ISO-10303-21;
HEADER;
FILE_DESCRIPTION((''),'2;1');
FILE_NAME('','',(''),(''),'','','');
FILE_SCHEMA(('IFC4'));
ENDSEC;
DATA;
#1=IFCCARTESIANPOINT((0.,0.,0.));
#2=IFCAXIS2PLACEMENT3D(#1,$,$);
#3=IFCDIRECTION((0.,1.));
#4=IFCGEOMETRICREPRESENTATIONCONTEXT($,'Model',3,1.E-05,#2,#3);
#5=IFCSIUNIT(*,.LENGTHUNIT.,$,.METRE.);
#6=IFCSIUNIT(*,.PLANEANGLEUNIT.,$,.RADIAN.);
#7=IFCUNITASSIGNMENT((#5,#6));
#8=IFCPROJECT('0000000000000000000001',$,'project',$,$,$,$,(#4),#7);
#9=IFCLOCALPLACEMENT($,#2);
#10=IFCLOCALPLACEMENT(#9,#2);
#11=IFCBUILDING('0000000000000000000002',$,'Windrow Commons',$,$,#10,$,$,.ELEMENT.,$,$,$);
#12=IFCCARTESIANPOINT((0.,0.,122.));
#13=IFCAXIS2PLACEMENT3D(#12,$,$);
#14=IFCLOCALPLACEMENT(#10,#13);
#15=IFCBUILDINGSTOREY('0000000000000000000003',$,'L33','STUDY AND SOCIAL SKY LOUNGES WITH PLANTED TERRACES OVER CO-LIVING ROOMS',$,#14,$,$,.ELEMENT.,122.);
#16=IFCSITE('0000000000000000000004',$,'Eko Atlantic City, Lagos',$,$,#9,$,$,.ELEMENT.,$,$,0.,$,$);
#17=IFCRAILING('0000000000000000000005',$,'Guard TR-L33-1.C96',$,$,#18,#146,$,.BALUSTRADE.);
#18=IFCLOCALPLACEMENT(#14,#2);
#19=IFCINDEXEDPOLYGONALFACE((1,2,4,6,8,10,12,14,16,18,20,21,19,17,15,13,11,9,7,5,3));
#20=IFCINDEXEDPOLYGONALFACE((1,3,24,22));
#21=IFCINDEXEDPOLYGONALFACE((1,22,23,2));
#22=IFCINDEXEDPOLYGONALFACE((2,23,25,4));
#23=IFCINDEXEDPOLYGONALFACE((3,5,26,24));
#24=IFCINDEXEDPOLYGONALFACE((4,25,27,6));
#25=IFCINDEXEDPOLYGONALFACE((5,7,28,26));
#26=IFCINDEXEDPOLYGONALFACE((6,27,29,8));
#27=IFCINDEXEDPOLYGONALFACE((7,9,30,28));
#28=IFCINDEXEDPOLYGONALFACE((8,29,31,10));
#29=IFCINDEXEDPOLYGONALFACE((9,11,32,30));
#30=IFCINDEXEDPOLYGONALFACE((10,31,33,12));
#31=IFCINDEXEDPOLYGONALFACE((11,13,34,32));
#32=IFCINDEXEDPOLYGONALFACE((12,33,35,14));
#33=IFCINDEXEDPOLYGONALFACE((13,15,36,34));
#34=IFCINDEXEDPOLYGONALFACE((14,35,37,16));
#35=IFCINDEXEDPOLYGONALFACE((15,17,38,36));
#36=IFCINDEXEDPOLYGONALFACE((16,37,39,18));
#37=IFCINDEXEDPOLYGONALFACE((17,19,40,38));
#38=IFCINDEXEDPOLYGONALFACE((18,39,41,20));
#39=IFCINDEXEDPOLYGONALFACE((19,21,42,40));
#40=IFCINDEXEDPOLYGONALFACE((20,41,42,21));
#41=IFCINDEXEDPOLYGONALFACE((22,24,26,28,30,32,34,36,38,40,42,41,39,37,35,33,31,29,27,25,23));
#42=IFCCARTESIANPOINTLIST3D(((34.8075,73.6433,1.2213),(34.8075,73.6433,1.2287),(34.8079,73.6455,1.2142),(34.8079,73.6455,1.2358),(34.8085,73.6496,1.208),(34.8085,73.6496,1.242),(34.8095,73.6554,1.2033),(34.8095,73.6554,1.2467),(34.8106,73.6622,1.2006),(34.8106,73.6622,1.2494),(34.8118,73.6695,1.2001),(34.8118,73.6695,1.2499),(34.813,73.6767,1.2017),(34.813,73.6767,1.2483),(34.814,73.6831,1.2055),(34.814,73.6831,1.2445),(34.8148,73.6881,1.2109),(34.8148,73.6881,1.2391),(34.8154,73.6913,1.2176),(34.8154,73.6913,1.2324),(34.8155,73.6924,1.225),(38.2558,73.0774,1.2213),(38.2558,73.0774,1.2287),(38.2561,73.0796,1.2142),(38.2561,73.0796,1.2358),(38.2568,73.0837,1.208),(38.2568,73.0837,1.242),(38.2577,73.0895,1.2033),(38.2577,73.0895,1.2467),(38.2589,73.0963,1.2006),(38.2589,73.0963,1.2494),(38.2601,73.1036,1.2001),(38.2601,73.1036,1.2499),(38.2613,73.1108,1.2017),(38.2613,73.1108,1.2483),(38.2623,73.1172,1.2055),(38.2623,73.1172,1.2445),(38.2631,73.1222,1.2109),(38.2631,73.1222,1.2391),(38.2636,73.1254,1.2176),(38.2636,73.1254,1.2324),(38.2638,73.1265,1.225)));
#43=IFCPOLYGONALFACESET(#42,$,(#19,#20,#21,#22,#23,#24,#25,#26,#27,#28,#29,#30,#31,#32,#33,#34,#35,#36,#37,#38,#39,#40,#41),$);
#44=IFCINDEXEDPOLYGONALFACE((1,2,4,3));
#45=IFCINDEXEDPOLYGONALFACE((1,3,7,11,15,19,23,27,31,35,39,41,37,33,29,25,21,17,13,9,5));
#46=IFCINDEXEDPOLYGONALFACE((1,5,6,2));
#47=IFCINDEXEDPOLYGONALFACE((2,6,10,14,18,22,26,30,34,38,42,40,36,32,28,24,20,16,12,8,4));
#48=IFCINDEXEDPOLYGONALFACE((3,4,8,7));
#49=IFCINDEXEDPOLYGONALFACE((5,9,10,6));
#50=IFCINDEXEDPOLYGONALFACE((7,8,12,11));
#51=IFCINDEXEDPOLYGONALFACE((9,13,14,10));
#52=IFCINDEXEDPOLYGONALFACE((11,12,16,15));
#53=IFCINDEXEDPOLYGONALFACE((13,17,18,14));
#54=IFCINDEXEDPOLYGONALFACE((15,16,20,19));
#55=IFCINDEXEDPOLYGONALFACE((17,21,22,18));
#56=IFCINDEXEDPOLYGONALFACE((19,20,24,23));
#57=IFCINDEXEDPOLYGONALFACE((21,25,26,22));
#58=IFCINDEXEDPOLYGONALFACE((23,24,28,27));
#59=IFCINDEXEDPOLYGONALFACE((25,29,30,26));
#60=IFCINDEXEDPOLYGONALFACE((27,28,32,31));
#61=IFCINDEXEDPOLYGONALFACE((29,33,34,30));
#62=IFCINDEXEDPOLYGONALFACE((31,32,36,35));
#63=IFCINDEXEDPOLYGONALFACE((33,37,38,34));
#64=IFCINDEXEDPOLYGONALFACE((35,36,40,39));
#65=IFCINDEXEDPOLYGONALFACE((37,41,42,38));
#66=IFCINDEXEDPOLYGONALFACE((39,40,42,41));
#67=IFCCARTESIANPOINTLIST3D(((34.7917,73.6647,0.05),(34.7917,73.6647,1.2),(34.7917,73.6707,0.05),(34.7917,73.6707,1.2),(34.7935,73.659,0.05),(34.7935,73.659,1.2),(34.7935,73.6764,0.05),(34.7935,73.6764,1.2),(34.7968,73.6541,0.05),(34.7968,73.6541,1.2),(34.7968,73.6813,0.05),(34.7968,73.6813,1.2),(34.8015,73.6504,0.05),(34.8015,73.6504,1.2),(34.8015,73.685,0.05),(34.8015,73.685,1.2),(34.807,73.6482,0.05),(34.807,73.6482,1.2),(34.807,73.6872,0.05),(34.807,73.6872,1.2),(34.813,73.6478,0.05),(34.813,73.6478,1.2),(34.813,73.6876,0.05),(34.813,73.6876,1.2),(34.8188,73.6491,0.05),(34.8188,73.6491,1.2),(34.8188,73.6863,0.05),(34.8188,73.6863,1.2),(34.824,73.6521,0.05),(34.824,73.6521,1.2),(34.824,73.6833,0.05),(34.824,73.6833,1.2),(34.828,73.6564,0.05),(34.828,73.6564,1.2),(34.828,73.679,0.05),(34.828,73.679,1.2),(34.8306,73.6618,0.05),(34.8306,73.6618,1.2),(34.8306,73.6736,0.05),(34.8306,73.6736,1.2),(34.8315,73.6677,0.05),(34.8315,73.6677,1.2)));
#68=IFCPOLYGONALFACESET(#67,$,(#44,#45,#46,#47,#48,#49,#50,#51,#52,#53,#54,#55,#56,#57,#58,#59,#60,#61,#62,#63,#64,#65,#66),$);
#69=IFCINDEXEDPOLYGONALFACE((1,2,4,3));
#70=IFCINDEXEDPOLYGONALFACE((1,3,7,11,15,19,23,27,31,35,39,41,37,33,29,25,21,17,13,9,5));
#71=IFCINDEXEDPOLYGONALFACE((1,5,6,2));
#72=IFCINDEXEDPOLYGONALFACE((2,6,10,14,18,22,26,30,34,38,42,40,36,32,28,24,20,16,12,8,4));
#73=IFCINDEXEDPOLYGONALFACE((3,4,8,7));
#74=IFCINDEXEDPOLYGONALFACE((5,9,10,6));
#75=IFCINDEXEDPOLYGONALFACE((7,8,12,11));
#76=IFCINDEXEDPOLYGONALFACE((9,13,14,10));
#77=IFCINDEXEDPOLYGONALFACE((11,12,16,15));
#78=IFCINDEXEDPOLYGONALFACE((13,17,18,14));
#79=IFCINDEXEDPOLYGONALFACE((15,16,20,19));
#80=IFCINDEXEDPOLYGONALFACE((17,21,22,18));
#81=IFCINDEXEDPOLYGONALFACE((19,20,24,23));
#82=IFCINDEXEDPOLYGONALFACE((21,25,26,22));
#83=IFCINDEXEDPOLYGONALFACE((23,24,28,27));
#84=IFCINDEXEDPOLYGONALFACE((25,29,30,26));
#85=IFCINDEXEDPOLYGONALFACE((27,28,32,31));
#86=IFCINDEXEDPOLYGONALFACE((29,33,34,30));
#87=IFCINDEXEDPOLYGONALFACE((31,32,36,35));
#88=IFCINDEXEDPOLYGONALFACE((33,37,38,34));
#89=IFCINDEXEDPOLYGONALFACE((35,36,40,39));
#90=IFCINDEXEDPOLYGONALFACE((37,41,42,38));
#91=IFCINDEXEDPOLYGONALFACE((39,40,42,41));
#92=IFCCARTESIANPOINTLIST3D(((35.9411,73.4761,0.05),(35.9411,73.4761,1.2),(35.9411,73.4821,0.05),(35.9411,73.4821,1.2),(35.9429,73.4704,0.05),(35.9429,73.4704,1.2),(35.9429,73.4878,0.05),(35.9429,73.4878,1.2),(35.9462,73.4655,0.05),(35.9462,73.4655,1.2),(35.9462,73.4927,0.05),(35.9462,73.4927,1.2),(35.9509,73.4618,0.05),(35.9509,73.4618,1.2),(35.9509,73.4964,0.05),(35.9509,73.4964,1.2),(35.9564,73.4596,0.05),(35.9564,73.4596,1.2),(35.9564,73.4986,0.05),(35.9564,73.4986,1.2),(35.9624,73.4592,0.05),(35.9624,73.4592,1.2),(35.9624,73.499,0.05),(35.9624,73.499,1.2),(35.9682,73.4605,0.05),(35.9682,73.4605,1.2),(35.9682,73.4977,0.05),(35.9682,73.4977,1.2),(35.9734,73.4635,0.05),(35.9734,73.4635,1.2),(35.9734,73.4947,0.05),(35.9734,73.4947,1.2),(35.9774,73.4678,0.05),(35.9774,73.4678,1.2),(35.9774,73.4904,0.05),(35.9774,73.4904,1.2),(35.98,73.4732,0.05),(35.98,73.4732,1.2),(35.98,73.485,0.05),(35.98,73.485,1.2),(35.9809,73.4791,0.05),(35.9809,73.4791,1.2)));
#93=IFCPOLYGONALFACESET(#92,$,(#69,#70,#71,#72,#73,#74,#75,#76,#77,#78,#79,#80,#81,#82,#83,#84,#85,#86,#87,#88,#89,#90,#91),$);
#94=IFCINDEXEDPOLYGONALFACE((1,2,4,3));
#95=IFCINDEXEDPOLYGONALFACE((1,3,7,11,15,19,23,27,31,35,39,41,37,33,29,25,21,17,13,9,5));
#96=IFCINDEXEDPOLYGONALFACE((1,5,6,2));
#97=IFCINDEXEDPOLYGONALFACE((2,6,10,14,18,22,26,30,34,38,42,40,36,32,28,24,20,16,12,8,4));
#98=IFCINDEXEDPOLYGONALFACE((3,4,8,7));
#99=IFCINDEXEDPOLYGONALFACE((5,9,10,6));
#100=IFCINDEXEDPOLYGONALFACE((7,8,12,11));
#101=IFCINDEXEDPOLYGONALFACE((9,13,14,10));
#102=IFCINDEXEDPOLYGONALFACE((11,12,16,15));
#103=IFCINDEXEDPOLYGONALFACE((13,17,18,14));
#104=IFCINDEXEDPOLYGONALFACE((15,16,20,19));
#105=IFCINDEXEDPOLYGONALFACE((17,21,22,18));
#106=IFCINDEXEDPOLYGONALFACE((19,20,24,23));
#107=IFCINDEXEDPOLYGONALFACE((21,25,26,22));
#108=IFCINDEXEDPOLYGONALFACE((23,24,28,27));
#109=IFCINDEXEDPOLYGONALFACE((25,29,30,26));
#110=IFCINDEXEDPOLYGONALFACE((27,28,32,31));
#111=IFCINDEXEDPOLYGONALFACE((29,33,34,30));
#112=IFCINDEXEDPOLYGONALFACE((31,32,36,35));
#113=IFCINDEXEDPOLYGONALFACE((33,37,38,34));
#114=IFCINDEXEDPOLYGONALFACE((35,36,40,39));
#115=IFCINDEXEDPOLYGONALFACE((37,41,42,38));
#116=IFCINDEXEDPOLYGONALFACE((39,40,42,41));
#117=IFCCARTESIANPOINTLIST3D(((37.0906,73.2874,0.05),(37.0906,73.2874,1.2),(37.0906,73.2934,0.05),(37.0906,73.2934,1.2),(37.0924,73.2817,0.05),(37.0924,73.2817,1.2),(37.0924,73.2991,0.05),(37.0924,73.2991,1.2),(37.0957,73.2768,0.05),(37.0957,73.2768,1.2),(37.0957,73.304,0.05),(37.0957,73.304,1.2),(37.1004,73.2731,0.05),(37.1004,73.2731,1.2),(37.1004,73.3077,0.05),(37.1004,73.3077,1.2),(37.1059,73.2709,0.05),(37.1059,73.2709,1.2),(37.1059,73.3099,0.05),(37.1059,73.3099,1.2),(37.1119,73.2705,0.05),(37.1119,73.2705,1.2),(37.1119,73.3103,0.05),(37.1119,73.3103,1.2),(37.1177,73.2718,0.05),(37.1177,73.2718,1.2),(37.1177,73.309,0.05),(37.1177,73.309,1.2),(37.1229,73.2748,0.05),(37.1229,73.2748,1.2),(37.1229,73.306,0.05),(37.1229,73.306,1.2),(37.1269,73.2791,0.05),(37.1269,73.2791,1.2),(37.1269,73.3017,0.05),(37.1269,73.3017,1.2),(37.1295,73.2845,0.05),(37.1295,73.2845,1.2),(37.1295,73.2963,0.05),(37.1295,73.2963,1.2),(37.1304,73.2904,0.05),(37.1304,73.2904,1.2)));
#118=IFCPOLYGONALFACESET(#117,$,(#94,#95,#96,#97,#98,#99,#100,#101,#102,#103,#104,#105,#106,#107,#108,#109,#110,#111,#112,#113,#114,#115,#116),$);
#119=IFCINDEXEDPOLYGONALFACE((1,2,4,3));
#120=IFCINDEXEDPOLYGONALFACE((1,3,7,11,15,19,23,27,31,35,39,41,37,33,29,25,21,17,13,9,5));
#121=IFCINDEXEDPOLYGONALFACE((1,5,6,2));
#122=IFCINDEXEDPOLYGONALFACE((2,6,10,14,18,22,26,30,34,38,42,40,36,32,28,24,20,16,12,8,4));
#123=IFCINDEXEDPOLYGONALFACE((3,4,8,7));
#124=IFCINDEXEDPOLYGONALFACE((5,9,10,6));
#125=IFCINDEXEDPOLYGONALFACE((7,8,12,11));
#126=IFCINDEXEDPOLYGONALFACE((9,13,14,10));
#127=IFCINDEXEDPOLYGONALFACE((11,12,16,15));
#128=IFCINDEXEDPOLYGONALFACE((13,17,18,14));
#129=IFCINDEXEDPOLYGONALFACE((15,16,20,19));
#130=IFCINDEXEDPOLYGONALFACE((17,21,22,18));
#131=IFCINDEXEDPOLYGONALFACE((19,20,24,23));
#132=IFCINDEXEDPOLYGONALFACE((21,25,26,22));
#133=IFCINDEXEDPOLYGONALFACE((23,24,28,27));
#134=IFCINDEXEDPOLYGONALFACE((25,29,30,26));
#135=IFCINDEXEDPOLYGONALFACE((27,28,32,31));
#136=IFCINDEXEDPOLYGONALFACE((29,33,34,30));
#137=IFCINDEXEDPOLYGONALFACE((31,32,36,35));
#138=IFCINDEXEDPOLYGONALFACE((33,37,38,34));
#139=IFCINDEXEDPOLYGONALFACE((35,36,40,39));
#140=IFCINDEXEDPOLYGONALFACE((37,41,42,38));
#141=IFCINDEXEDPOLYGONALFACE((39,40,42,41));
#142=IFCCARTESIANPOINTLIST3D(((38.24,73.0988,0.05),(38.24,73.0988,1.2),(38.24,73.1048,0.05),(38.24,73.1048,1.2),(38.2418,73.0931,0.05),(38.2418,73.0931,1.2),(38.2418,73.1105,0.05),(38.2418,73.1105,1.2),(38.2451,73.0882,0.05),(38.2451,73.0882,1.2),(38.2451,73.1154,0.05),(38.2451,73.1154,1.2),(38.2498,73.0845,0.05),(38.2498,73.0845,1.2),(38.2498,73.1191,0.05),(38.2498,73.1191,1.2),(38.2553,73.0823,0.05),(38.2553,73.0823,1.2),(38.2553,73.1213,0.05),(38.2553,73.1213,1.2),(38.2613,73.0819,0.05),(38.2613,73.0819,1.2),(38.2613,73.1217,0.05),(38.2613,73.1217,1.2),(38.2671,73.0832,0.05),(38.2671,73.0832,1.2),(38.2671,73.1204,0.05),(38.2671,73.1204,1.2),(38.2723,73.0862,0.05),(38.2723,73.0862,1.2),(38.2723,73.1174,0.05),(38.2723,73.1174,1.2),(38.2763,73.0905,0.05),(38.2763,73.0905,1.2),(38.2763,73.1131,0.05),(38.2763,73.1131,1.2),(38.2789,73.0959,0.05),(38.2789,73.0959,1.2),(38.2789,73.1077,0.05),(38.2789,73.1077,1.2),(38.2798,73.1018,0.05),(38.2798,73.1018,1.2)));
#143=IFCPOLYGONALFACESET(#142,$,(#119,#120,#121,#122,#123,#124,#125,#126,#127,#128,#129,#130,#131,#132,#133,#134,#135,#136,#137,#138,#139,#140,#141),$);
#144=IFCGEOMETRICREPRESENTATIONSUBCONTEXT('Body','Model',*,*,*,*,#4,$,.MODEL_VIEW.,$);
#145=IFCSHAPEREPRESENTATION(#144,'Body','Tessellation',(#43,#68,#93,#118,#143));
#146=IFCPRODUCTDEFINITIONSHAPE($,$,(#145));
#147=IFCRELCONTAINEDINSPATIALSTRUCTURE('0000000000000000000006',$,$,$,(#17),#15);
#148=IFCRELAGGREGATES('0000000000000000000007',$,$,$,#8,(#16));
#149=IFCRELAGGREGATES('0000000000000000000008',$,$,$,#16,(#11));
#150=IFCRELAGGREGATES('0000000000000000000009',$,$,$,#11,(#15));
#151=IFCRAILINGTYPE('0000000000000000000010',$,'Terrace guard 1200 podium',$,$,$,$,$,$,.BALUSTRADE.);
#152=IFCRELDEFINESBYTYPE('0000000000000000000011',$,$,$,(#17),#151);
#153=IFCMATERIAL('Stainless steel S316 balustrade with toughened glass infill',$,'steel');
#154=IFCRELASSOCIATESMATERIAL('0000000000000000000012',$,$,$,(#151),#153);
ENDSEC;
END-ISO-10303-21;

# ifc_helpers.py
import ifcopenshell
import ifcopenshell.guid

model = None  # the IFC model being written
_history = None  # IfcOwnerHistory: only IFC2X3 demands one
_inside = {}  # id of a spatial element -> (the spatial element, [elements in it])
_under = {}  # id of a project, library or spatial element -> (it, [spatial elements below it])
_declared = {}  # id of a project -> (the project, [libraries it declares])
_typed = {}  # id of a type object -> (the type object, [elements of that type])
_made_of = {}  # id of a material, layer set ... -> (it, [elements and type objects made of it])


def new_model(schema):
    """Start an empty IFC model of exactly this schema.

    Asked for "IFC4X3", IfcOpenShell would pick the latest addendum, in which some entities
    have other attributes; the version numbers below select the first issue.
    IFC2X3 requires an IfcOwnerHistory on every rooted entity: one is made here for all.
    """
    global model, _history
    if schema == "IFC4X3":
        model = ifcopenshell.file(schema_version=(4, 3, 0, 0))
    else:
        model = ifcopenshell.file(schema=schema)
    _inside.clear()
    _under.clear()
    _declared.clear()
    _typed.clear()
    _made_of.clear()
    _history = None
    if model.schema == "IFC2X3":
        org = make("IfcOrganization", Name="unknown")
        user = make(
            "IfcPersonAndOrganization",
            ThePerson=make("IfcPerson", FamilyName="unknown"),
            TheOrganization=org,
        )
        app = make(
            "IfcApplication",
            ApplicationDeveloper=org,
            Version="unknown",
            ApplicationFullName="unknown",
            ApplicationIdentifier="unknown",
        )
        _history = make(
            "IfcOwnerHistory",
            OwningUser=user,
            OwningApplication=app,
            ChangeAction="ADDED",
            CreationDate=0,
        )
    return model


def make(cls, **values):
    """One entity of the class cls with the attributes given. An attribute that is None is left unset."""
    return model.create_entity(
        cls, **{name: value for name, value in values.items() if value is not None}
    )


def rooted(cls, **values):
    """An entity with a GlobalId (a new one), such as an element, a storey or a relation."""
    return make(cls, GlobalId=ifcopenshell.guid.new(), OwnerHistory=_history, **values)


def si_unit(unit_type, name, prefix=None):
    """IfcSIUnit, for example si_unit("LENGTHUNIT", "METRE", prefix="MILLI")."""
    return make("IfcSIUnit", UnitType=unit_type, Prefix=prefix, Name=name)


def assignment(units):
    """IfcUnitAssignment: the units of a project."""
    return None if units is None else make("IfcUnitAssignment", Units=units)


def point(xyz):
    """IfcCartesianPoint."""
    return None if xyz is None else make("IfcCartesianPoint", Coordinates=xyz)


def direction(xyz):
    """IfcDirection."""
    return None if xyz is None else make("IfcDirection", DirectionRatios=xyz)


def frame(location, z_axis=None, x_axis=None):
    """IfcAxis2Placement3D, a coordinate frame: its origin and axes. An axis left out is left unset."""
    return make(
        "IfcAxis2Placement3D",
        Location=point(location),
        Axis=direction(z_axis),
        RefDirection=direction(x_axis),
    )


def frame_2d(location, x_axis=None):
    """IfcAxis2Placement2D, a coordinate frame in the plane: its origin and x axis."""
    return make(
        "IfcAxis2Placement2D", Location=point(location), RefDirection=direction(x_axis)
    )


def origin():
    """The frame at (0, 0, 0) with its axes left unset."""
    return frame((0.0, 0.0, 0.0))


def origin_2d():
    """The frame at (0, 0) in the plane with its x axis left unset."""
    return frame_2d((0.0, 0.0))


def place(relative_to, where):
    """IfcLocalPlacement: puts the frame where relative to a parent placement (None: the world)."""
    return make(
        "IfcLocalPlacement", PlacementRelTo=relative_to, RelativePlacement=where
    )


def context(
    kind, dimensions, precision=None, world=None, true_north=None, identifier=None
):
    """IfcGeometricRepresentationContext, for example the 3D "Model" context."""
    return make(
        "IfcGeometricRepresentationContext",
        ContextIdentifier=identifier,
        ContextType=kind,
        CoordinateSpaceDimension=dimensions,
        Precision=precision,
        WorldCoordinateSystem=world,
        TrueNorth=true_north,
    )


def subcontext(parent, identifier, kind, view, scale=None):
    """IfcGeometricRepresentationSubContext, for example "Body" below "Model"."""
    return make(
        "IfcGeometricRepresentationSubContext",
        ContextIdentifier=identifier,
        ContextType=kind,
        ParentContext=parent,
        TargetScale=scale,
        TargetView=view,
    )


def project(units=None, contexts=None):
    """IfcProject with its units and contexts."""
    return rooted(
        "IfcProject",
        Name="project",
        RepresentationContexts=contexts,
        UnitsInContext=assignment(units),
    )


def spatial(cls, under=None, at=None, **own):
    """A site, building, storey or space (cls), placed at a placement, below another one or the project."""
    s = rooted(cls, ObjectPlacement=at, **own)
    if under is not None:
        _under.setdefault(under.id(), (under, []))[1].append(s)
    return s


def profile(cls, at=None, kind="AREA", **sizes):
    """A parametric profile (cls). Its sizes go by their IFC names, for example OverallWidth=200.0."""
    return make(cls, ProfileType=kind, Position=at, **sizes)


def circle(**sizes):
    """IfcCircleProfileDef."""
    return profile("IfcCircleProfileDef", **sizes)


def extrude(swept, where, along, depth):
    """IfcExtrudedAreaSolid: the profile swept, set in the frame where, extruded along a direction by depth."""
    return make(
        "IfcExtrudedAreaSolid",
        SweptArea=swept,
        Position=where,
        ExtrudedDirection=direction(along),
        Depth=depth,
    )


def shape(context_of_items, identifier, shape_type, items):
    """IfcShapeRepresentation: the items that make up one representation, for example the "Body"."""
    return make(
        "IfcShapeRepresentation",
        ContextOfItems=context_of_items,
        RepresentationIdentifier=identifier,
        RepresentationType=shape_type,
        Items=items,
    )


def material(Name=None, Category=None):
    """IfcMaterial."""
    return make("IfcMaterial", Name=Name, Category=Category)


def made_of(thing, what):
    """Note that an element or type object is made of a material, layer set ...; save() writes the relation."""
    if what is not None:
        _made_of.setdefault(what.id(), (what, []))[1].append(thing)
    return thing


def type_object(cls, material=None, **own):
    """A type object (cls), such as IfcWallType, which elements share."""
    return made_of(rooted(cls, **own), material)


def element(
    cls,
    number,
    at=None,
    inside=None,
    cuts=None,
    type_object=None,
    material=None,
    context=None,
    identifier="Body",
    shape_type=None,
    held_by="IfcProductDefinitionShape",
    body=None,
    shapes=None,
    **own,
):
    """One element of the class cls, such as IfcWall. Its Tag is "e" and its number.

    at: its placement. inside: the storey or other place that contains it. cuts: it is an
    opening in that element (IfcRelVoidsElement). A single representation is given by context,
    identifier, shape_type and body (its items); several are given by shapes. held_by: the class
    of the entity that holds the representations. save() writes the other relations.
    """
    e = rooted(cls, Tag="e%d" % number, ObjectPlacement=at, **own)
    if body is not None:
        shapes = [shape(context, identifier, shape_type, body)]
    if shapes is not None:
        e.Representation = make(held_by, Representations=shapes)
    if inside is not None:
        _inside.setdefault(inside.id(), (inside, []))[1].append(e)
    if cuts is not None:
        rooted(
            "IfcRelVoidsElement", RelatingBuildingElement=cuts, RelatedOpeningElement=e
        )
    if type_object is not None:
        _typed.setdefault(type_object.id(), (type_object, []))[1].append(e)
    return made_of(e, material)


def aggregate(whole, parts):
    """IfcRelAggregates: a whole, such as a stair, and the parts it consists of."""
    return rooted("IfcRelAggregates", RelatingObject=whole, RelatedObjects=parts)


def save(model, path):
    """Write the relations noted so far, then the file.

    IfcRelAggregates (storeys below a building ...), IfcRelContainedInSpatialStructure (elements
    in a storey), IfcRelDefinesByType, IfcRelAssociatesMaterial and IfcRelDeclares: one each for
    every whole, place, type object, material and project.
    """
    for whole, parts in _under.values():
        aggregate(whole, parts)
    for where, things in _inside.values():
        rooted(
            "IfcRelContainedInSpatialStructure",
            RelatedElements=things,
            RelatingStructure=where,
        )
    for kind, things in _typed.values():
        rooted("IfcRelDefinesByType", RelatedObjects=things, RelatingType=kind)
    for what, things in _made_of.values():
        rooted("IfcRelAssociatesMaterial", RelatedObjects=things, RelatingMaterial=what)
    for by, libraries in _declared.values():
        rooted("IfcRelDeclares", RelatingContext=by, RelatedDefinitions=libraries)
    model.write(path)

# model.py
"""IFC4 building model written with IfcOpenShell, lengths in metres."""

from ifc_helpers import new_model, si_unit, direction, frame, origin, origin_2d, place, context, subcontext, project, spatial, circle, extrude, material, type_object, element, save


model = new_model("IFC4")

# Units and contexts
model_context = context("Model", 3, precision=1e-05, world=origin(), true_north=direction((0.0, 1.0)))
body_context = subcontext(model_context, "Body", "Model", "MODEL_VIEW")
ifc_project = project(units=[si_unit("LENGTHUNIT", "METRE"), si_unit("PLANEANGLEUNIT", "RADIAN")], contexts=[model_context])

# Site, building, storey
site_placement = place(None, origin())
site = spatial("IfcSite", under=ifc_project, at=site_placement, Name="Eko Atlantic City, Lagos", CompositionType="ELEMENT", RefElevation=0.0)
building_placement = place(site_placement, origin())
building = spatial("IfcBuilding", under=site, at=building_placement, Name="Windrow Commons", CompositionType="ELEMENT")
storey_placement = place(building_placement, frame((0.0, 0.0, 122.0)))
storey = spatial("IfcBuildingStorey", under=building, at=storey_placement, Name="L33", Description="STUDY AND SOCIAL SKY LOUNGES WITH PLANTED TERRACES OVER CO-LIVING ROOMS", CompositionType="ELEMENT", Elevation=122.0)

# Railing
ifc_material_1 = material(Name="Stainless steel S316 balustrade with toughened glass infill", Category="steel")
railing_type = type_object("IfcRailingType", Name="Terrace guard 1200 podium", PredefinedType="BALUSTRADE", material=ifc_material_1)
railing_1_placement = place(storey_placement, frame((34.8115, 73.6677, 0.05)))
element("IfcRailing", 1, at=railing_1_placement, inside=storey, type_object=railing_type, Name="Guard TR-L33-1.C96", PredefinedType="BALUSTRADE", context=body_context, shape_type="SweptSolid", body=[
    extrude(circle(Radius=0.025, at=origin_2d()), frame((0.0, 0.0, 1.175), z_axis=(0.9868, -0.161944, 0.0), x_axis=(0.161944, 0.9868, 0.0)), (0.0, 0.0, 1.0), 3.4944),
    extrude(circle(Radius=0.02, at=origin_2d()), origin(), (0.0, 0.0, 1.0), 1.15),
    extrude(circle(Radius=0.02, at=origin_2d()), frame((1.1494, -0.1886, 0.0)), (0.0, 0.0, 1.0), 1.15),
    extrude(circle(Radius=0.02, at=origin_2d()), frame((2.2989, -0.3773, 0.0)), (0.0, 0.0, 1.0), 1.15),
    extrude(circle(Radius=0.02, at=origin_2d()), frame((3.4483, -0.5659, 0.0)), (0.0, 0.0, 1.0), 1.15),
])

save(model, "model.ifc")
